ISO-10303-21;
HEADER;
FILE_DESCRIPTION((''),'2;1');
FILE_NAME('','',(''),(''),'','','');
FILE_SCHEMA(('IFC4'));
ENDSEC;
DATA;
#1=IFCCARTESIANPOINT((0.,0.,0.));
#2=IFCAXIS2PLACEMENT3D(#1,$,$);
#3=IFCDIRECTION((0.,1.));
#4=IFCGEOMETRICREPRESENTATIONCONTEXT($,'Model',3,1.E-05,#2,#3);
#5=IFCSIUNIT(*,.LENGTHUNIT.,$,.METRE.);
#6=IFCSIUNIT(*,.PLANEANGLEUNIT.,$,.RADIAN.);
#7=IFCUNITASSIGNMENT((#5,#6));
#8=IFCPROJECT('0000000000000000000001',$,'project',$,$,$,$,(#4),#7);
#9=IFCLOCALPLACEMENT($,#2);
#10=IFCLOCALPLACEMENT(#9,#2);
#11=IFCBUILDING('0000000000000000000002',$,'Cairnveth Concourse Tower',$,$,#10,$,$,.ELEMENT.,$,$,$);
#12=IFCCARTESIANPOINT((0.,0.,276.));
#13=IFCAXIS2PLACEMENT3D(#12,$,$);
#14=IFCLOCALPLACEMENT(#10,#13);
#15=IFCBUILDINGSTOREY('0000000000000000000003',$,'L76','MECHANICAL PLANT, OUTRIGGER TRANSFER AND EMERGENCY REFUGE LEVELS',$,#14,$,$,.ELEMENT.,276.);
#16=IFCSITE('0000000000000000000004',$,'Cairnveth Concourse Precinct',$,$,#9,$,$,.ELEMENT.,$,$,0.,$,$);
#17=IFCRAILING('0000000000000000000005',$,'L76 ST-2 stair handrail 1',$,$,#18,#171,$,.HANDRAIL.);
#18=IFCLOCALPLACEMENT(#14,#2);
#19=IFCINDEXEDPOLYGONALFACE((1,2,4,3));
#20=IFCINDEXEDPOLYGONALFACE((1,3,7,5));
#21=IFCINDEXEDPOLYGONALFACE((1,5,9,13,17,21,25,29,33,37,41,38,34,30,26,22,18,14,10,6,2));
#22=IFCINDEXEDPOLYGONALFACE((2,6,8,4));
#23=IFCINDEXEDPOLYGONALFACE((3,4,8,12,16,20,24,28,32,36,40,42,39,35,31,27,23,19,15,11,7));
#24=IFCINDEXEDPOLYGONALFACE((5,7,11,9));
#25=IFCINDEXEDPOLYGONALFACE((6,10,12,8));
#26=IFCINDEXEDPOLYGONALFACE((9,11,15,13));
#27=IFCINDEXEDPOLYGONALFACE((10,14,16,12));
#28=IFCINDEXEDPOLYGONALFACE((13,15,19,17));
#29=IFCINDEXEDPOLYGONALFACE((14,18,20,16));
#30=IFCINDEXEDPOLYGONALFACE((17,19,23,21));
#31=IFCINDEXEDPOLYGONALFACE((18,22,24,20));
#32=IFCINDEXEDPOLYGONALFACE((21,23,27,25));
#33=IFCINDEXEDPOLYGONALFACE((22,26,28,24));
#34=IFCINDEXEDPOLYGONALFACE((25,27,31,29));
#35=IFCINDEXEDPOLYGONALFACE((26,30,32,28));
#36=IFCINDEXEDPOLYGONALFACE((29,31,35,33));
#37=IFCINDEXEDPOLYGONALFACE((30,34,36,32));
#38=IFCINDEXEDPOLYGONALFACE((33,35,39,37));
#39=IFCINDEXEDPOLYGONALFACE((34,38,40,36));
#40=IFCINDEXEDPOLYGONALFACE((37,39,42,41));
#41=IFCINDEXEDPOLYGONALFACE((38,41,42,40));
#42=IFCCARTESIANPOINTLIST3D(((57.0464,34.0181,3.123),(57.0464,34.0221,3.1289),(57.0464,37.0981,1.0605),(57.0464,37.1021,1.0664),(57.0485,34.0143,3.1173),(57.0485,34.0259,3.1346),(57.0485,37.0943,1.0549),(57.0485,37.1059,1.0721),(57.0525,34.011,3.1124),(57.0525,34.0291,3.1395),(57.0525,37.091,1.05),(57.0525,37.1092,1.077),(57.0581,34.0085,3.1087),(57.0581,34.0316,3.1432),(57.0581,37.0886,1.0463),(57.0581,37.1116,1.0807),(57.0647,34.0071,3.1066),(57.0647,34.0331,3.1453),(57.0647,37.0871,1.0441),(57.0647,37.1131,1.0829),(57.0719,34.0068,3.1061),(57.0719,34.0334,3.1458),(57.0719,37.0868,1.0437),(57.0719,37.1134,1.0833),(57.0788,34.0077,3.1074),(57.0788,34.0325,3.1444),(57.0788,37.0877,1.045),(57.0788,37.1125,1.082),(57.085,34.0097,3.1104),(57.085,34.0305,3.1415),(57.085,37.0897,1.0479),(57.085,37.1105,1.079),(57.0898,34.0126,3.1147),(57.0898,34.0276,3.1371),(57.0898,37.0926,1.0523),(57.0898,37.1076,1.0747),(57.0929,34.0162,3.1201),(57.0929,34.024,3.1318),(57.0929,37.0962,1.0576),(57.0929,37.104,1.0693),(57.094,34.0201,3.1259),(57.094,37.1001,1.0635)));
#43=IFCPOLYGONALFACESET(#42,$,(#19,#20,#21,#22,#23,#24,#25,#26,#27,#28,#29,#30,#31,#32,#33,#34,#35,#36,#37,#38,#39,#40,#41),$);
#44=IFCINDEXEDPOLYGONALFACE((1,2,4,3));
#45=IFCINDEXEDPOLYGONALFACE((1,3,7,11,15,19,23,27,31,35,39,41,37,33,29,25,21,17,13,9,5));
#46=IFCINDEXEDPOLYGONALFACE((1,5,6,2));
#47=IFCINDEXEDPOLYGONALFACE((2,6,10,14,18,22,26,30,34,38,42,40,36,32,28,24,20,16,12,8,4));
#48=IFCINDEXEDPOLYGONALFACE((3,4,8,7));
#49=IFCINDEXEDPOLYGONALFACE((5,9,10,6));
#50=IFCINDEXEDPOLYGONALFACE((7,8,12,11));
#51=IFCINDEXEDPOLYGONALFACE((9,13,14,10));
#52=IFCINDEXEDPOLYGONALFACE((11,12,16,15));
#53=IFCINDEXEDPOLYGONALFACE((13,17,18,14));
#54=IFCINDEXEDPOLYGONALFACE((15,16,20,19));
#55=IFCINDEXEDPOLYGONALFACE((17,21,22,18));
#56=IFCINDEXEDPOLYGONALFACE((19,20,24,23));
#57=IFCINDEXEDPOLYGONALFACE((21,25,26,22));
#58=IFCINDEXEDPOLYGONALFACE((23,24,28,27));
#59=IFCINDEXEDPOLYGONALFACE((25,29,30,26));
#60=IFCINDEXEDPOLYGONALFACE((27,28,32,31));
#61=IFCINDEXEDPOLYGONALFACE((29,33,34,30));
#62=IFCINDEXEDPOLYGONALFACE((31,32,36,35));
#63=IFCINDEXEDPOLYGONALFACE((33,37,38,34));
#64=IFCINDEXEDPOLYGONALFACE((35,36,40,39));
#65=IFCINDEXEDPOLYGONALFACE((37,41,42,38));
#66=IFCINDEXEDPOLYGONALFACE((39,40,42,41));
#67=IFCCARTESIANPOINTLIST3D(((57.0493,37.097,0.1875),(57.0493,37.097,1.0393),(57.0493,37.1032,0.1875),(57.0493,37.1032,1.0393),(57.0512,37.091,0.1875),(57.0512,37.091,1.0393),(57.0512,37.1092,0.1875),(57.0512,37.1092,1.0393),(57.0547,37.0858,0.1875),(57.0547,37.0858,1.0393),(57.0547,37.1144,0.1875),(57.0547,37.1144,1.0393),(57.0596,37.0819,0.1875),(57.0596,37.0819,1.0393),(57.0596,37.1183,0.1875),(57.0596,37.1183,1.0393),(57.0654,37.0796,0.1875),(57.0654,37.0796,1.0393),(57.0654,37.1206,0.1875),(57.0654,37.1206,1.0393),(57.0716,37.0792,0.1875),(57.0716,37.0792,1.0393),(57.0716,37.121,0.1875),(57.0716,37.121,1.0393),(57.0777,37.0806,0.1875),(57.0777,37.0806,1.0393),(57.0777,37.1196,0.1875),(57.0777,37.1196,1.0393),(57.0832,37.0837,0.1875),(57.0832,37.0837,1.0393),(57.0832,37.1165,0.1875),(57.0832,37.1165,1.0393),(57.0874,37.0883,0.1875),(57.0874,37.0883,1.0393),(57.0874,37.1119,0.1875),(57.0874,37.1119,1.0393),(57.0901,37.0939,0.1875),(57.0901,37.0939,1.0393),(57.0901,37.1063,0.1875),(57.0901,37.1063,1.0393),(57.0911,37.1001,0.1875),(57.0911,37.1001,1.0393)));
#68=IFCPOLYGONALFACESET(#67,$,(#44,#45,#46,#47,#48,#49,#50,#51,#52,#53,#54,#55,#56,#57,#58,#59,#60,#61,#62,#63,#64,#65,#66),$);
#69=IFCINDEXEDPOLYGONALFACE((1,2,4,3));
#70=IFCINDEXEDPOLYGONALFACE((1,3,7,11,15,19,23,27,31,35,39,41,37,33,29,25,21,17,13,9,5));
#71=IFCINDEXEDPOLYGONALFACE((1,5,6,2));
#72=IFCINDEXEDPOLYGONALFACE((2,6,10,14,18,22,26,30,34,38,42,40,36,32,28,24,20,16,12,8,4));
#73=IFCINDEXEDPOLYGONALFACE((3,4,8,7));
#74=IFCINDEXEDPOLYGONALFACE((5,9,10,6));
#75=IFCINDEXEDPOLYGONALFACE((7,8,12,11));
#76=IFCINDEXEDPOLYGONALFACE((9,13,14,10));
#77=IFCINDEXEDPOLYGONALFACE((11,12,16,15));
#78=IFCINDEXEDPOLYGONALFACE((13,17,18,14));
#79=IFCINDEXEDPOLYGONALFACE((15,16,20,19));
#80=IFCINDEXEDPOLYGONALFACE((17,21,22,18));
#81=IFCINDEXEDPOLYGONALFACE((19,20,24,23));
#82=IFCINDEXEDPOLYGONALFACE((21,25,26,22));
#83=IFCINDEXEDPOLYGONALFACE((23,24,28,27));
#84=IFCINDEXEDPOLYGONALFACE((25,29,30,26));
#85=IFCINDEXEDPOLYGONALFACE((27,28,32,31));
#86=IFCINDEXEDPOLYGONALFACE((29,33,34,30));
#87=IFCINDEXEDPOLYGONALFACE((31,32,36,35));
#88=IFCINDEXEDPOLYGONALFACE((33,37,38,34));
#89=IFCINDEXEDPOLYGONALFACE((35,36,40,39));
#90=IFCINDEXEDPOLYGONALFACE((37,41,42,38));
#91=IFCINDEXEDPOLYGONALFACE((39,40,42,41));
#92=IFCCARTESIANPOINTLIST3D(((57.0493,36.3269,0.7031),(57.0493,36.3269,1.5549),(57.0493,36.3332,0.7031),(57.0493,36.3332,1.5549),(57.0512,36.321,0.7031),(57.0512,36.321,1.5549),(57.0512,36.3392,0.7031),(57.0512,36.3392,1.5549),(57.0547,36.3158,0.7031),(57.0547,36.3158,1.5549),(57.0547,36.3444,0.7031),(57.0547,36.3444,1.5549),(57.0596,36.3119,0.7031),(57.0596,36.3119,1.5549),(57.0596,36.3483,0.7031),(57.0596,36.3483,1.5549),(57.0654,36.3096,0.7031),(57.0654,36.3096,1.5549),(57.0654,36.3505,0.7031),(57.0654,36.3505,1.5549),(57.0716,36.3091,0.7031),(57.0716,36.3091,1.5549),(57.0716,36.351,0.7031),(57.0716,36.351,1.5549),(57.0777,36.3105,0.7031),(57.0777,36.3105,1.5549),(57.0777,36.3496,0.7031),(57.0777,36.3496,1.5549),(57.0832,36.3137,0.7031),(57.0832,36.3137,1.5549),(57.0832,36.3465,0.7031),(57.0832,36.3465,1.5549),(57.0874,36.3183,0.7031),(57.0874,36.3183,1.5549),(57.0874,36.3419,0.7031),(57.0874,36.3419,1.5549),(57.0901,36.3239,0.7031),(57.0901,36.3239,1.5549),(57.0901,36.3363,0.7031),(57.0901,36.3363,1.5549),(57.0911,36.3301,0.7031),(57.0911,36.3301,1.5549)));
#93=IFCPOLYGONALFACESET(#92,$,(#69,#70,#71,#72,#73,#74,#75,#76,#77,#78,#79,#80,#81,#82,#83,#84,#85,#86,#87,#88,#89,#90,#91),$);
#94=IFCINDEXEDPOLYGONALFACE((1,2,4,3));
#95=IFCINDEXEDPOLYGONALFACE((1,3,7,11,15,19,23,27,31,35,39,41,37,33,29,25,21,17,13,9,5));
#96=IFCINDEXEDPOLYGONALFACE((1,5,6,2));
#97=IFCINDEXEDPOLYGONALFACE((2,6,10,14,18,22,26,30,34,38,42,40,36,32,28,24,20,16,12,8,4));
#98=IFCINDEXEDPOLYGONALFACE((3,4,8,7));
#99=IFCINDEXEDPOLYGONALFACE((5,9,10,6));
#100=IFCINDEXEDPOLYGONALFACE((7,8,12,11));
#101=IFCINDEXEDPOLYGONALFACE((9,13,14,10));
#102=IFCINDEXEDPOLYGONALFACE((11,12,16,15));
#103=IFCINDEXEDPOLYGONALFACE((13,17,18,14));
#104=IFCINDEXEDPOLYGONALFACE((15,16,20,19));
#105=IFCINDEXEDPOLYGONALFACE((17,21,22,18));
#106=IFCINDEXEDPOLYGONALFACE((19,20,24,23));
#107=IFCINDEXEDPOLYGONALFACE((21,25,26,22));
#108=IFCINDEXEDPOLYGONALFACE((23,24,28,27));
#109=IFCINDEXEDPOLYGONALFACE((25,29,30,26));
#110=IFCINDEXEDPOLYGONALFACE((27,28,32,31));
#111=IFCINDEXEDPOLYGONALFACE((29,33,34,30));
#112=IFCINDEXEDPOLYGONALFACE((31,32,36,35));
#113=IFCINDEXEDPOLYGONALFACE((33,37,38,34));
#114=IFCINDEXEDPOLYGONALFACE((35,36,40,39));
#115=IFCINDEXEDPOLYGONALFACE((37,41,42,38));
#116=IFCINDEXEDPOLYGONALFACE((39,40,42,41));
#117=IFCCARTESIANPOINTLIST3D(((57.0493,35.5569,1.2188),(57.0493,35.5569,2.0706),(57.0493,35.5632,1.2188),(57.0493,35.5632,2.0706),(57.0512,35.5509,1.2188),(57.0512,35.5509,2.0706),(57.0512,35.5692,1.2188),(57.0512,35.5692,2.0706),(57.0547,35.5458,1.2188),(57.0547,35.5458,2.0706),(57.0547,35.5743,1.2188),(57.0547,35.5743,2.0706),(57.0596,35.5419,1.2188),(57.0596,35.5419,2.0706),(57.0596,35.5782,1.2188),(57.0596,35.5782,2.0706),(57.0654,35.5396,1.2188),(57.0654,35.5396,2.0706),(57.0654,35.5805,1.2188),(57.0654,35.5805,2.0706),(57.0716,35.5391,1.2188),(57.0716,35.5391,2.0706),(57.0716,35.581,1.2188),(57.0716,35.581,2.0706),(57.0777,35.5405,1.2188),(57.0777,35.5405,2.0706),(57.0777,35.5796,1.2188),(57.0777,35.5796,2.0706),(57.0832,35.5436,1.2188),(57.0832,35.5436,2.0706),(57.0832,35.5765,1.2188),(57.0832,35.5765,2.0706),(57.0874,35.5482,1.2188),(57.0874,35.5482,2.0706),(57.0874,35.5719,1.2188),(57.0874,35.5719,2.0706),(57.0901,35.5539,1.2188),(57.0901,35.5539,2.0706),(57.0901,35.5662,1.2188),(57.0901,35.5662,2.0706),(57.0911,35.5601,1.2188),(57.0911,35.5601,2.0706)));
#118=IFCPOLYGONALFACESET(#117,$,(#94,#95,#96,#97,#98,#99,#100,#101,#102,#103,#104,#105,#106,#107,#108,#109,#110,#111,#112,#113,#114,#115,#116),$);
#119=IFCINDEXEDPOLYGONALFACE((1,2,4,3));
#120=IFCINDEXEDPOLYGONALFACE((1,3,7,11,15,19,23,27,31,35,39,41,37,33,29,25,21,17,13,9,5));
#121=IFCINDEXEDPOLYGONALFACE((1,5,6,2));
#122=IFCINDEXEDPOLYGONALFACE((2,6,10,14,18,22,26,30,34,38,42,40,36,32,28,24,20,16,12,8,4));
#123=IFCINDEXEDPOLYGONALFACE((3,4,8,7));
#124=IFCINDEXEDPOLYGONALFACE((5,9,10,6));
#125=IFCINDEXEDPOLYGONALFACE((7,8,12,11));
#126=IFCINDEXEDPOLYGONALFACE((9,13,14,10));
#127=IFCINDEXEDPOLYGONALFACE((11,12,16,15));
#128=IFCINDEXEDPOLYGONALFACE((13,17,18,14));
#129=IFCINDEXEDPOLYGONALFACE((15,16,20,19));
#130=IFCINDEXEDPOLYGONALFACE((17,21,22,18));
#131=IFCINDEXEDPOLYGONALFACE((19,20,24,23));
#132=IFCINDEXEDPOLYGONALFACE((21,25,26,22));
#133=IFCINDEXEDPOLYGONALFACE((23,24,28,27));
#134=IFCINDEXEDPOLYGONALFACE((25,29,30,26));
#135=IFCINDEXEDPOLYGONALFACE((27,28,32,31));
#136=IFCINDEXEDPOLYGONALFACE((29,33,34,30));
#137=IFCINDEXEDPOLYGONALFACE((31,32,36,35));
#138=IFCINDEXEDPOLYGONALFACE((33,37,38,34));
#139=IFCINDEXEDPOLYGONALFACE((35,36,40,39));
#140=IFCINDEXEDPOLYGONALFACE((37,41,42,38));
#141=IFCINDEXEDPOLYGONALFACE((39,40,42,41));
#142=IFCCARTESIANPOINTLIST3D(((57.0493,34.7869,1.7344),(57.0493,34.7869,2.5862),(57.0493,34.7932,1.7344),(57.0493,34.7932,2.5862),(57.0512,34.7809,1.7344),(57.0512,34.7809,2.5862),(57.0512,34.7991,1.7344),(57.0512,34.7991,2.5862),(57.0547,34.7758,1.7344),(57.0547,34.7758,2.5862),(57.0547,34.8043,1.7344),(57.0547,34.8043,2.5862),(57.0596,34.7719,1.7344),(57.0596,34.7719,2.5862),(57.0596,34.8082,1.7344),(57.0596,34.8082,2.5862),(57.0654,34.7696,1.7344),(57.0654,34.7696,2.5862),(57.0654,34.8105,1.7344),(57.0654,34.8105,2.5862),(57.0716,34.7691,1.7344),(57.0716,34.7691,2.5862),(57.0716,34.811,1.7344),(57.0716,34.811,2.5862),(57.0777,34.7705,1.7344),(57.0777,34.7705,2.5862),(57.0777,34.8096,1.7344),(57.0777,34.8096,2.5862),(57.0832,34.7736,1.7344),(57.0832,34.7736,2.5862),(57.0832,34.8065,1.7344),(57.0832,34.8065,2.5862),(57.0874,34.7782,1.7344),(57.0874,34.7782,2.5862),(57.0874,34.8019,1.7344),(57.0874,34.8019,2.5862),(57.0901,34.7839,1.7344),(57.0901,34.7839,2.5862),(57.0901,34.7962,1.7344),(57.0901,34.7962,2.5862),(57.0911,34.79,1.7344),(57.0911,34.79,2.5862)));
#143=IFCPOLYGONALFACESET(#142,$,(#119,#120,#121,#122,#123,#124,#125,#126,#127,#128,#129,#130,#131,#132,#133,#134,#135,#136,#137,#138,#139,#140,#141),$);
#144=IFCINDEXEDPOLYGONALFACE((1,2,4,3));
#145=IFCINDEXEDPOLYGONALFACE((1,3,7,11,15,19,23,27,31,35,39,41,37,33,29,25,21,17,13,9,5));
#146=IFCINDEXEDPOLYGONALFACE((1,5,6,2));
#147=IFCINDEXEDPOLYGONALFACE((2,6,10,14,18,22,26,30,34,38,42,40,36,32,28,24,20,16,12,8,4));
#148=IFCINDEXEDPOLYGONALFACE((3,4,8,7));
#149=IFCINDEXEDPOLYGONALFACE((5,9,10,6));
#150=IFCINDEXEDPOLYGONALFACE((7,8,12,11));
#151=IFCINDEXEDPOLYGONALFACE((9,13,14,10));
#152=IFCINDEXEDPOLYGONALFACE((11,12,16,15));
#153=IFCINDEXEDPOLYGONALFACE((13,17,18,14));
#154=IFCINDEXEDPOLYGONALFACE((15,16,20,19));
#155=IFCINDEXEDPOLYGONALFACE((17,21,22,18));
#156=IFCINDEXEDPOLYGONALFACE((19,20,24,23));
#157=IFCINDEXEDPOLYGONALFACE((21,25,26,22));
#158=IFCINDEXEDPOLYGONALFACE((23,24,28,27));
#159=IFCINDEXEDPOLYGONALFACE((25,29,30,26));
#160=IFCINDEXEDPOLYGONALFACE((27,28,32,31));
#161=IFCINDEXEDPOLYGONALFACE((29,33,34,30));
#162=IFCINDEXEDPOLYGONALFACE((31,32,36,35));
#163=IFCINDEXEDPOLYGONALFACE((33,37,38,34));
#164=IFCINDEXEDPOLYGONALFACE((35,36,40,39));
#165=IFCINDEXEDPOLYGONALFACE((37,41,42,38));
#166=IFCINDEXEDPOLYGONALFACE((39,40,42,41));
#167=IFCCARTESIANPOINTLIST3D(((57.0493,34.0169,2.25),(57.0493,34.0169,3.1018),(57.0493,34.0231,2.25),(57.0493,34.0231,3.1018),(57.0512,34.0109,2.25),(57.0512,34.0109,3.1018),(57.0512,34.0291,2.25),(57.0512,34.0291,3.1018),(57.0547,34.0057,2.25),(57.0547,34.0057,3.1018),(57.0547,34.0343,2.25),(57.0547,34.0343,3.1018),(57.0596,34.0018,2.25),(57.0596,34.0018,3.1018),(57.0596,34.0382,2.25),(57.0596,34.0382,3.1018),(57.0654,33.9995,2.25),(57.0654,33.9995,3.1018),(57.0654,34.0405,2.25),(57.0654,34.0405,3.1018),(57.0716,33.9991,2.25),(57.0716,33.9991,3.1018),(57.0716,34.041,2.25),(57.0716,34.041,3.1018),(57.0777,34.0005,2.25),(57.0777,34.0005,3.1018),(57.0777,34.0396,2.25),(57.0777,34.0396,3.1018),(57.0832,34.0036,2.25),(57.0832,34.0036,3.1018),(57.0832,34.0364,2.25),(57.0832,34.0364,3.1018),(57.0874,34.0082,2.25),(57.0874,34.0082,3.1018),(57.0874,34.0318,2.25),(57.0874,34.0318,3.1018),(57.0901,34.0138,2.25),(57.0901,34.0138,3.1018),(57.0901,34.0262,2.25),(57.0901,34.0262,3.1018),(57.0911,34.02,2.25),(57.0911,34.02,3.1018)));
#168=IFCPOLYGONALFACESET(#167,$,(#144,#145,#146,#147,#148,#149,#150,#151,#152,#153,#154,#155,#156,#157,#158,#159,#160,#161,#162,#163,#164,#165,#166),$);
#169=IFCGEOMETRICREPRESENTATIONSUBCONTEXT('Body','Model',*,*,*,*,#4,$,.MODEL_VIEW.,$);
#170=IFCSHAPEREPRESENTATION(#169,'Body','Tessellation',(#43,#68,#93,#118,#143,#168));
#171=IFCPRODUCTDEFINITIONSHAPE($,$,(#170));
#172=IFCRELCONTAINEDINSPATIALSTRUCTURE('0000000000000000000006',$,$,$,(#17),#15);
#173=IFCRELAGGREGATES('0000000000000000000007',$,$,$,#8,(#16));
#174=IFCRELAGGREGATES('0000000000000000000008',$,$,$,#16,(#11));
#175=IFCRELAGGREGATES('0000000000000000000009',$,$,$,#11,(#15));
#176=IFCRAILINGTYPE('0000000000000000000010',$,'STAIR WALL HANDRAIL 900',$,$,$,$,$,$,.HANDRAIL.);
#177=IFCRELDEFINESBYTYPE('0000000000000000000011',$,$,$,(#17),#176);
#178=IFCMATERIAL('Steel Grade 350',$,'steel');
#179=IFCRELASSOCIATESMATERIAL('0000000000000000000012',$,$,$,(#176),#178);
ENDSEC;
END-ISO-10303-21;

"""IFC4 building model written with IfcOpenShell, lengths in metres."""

from ifc_helpers import new_model, si_unit, direction, frame, origin, origin_2d, place, context, subcontext, project, spatial, circle, extrude, material, type_object, element, save


model = new_model("IFC4")

# Units and contexts
model_context = context("Model", 3, precision=1e-05, world=origin(), true_north=direction((0.0, 1.0)))
body_context = subcontext(model_context, "Body", "Model", "MODEL_VIEW")
ifc_project = project(units=[si_unit("LENGTHUNIT", "METRE"), si_unit("PLANEANGLEUNIT", "RADIAN")], contexts=[model_context])

# Site, building, storey
site_placement = place(None, origin())
site = spatial("IfcSite", under=ifc_project, at=site_placement, Name="Cairnveth Concourse Precinct", CompositionType="ELEMENT", RefElevation=0.0)
building_placement = place(site_placement, origin())
building = spatial("IfcBuilding", under=site, at=building_placement, Name="Cairnveth Concourse Tower", CompositionType="ELEMENT")
storey_placement = place(building_placement, frame((0.0, 0.0, 276.0)))
storey = spatial("IfcBuildingStorey", under=building, at=storey_placement, Name="L76", Description="MECHANICAL PLANT, OUTRIGGER TRANSFER AND EMERGENCY REFUGE LEVELS", CompositionType="ELEMENT", Elevation=276.0)

# Shared definitions
ifc_material_1 = material(Name="Steel Grade 350", Category="steel")

# Railing
railing_type_1 = type_object("IfcRailingType", Name="STAIR WALL HANDRAIL 900", PredefinedType="HANDRAIL", material=ifc_material_1)
railing_1_placement = place(storey_placement, frame((57.0701, 37.1001, 0.1875)))
element("IfcRailing", 1, at=railing_1_placement, inside=storey, type_object=railing_type_1, Name="L76 ST-2 stair handrail 1", PredefinedType="HANDRAIL", context=body_context, shape_type="SweptSolid", body=[
    extrude(circle(Radius=0.0239, at=origin_2d()), frame((0.0, 0.0, 0.876), z_axis=(0.0, -0.830914, 0.556401), x_axis=(1.0, 0.0, 0.0)), (0.0, 0.0, 1.0), 3.7068),
    extrude(circle(Radius=0.021, at=origin_2d()), origin(), (0.0, 0.0, 1.0), 0.8518),
    extrude(circle(Radius=0.021, at=origin_2d()), frame((0.0, -0.77, 0.5156)), (0.0, 0.0, 1.0), 0.8518),
    extrude(circle(Radius=0.021, at=origin_2d()), frame((0.0, -1.54, 1.0312)), (0.0, 0.0, 1.0), 0.8518),
    extrude(circle(Radius=0.021, at=origin_2d()), frame((0.0, -2.3101, 1.5469)), (0.0, 0.0, 1.0), 0.8518),
    extrude(circle(Radius=0.021, at=origin_2d()), frame((0.0, -3.0801, 2.0625)), (0.0, 0.0, 1.0), 0.8518),
])

save(model, "model.ifc")
